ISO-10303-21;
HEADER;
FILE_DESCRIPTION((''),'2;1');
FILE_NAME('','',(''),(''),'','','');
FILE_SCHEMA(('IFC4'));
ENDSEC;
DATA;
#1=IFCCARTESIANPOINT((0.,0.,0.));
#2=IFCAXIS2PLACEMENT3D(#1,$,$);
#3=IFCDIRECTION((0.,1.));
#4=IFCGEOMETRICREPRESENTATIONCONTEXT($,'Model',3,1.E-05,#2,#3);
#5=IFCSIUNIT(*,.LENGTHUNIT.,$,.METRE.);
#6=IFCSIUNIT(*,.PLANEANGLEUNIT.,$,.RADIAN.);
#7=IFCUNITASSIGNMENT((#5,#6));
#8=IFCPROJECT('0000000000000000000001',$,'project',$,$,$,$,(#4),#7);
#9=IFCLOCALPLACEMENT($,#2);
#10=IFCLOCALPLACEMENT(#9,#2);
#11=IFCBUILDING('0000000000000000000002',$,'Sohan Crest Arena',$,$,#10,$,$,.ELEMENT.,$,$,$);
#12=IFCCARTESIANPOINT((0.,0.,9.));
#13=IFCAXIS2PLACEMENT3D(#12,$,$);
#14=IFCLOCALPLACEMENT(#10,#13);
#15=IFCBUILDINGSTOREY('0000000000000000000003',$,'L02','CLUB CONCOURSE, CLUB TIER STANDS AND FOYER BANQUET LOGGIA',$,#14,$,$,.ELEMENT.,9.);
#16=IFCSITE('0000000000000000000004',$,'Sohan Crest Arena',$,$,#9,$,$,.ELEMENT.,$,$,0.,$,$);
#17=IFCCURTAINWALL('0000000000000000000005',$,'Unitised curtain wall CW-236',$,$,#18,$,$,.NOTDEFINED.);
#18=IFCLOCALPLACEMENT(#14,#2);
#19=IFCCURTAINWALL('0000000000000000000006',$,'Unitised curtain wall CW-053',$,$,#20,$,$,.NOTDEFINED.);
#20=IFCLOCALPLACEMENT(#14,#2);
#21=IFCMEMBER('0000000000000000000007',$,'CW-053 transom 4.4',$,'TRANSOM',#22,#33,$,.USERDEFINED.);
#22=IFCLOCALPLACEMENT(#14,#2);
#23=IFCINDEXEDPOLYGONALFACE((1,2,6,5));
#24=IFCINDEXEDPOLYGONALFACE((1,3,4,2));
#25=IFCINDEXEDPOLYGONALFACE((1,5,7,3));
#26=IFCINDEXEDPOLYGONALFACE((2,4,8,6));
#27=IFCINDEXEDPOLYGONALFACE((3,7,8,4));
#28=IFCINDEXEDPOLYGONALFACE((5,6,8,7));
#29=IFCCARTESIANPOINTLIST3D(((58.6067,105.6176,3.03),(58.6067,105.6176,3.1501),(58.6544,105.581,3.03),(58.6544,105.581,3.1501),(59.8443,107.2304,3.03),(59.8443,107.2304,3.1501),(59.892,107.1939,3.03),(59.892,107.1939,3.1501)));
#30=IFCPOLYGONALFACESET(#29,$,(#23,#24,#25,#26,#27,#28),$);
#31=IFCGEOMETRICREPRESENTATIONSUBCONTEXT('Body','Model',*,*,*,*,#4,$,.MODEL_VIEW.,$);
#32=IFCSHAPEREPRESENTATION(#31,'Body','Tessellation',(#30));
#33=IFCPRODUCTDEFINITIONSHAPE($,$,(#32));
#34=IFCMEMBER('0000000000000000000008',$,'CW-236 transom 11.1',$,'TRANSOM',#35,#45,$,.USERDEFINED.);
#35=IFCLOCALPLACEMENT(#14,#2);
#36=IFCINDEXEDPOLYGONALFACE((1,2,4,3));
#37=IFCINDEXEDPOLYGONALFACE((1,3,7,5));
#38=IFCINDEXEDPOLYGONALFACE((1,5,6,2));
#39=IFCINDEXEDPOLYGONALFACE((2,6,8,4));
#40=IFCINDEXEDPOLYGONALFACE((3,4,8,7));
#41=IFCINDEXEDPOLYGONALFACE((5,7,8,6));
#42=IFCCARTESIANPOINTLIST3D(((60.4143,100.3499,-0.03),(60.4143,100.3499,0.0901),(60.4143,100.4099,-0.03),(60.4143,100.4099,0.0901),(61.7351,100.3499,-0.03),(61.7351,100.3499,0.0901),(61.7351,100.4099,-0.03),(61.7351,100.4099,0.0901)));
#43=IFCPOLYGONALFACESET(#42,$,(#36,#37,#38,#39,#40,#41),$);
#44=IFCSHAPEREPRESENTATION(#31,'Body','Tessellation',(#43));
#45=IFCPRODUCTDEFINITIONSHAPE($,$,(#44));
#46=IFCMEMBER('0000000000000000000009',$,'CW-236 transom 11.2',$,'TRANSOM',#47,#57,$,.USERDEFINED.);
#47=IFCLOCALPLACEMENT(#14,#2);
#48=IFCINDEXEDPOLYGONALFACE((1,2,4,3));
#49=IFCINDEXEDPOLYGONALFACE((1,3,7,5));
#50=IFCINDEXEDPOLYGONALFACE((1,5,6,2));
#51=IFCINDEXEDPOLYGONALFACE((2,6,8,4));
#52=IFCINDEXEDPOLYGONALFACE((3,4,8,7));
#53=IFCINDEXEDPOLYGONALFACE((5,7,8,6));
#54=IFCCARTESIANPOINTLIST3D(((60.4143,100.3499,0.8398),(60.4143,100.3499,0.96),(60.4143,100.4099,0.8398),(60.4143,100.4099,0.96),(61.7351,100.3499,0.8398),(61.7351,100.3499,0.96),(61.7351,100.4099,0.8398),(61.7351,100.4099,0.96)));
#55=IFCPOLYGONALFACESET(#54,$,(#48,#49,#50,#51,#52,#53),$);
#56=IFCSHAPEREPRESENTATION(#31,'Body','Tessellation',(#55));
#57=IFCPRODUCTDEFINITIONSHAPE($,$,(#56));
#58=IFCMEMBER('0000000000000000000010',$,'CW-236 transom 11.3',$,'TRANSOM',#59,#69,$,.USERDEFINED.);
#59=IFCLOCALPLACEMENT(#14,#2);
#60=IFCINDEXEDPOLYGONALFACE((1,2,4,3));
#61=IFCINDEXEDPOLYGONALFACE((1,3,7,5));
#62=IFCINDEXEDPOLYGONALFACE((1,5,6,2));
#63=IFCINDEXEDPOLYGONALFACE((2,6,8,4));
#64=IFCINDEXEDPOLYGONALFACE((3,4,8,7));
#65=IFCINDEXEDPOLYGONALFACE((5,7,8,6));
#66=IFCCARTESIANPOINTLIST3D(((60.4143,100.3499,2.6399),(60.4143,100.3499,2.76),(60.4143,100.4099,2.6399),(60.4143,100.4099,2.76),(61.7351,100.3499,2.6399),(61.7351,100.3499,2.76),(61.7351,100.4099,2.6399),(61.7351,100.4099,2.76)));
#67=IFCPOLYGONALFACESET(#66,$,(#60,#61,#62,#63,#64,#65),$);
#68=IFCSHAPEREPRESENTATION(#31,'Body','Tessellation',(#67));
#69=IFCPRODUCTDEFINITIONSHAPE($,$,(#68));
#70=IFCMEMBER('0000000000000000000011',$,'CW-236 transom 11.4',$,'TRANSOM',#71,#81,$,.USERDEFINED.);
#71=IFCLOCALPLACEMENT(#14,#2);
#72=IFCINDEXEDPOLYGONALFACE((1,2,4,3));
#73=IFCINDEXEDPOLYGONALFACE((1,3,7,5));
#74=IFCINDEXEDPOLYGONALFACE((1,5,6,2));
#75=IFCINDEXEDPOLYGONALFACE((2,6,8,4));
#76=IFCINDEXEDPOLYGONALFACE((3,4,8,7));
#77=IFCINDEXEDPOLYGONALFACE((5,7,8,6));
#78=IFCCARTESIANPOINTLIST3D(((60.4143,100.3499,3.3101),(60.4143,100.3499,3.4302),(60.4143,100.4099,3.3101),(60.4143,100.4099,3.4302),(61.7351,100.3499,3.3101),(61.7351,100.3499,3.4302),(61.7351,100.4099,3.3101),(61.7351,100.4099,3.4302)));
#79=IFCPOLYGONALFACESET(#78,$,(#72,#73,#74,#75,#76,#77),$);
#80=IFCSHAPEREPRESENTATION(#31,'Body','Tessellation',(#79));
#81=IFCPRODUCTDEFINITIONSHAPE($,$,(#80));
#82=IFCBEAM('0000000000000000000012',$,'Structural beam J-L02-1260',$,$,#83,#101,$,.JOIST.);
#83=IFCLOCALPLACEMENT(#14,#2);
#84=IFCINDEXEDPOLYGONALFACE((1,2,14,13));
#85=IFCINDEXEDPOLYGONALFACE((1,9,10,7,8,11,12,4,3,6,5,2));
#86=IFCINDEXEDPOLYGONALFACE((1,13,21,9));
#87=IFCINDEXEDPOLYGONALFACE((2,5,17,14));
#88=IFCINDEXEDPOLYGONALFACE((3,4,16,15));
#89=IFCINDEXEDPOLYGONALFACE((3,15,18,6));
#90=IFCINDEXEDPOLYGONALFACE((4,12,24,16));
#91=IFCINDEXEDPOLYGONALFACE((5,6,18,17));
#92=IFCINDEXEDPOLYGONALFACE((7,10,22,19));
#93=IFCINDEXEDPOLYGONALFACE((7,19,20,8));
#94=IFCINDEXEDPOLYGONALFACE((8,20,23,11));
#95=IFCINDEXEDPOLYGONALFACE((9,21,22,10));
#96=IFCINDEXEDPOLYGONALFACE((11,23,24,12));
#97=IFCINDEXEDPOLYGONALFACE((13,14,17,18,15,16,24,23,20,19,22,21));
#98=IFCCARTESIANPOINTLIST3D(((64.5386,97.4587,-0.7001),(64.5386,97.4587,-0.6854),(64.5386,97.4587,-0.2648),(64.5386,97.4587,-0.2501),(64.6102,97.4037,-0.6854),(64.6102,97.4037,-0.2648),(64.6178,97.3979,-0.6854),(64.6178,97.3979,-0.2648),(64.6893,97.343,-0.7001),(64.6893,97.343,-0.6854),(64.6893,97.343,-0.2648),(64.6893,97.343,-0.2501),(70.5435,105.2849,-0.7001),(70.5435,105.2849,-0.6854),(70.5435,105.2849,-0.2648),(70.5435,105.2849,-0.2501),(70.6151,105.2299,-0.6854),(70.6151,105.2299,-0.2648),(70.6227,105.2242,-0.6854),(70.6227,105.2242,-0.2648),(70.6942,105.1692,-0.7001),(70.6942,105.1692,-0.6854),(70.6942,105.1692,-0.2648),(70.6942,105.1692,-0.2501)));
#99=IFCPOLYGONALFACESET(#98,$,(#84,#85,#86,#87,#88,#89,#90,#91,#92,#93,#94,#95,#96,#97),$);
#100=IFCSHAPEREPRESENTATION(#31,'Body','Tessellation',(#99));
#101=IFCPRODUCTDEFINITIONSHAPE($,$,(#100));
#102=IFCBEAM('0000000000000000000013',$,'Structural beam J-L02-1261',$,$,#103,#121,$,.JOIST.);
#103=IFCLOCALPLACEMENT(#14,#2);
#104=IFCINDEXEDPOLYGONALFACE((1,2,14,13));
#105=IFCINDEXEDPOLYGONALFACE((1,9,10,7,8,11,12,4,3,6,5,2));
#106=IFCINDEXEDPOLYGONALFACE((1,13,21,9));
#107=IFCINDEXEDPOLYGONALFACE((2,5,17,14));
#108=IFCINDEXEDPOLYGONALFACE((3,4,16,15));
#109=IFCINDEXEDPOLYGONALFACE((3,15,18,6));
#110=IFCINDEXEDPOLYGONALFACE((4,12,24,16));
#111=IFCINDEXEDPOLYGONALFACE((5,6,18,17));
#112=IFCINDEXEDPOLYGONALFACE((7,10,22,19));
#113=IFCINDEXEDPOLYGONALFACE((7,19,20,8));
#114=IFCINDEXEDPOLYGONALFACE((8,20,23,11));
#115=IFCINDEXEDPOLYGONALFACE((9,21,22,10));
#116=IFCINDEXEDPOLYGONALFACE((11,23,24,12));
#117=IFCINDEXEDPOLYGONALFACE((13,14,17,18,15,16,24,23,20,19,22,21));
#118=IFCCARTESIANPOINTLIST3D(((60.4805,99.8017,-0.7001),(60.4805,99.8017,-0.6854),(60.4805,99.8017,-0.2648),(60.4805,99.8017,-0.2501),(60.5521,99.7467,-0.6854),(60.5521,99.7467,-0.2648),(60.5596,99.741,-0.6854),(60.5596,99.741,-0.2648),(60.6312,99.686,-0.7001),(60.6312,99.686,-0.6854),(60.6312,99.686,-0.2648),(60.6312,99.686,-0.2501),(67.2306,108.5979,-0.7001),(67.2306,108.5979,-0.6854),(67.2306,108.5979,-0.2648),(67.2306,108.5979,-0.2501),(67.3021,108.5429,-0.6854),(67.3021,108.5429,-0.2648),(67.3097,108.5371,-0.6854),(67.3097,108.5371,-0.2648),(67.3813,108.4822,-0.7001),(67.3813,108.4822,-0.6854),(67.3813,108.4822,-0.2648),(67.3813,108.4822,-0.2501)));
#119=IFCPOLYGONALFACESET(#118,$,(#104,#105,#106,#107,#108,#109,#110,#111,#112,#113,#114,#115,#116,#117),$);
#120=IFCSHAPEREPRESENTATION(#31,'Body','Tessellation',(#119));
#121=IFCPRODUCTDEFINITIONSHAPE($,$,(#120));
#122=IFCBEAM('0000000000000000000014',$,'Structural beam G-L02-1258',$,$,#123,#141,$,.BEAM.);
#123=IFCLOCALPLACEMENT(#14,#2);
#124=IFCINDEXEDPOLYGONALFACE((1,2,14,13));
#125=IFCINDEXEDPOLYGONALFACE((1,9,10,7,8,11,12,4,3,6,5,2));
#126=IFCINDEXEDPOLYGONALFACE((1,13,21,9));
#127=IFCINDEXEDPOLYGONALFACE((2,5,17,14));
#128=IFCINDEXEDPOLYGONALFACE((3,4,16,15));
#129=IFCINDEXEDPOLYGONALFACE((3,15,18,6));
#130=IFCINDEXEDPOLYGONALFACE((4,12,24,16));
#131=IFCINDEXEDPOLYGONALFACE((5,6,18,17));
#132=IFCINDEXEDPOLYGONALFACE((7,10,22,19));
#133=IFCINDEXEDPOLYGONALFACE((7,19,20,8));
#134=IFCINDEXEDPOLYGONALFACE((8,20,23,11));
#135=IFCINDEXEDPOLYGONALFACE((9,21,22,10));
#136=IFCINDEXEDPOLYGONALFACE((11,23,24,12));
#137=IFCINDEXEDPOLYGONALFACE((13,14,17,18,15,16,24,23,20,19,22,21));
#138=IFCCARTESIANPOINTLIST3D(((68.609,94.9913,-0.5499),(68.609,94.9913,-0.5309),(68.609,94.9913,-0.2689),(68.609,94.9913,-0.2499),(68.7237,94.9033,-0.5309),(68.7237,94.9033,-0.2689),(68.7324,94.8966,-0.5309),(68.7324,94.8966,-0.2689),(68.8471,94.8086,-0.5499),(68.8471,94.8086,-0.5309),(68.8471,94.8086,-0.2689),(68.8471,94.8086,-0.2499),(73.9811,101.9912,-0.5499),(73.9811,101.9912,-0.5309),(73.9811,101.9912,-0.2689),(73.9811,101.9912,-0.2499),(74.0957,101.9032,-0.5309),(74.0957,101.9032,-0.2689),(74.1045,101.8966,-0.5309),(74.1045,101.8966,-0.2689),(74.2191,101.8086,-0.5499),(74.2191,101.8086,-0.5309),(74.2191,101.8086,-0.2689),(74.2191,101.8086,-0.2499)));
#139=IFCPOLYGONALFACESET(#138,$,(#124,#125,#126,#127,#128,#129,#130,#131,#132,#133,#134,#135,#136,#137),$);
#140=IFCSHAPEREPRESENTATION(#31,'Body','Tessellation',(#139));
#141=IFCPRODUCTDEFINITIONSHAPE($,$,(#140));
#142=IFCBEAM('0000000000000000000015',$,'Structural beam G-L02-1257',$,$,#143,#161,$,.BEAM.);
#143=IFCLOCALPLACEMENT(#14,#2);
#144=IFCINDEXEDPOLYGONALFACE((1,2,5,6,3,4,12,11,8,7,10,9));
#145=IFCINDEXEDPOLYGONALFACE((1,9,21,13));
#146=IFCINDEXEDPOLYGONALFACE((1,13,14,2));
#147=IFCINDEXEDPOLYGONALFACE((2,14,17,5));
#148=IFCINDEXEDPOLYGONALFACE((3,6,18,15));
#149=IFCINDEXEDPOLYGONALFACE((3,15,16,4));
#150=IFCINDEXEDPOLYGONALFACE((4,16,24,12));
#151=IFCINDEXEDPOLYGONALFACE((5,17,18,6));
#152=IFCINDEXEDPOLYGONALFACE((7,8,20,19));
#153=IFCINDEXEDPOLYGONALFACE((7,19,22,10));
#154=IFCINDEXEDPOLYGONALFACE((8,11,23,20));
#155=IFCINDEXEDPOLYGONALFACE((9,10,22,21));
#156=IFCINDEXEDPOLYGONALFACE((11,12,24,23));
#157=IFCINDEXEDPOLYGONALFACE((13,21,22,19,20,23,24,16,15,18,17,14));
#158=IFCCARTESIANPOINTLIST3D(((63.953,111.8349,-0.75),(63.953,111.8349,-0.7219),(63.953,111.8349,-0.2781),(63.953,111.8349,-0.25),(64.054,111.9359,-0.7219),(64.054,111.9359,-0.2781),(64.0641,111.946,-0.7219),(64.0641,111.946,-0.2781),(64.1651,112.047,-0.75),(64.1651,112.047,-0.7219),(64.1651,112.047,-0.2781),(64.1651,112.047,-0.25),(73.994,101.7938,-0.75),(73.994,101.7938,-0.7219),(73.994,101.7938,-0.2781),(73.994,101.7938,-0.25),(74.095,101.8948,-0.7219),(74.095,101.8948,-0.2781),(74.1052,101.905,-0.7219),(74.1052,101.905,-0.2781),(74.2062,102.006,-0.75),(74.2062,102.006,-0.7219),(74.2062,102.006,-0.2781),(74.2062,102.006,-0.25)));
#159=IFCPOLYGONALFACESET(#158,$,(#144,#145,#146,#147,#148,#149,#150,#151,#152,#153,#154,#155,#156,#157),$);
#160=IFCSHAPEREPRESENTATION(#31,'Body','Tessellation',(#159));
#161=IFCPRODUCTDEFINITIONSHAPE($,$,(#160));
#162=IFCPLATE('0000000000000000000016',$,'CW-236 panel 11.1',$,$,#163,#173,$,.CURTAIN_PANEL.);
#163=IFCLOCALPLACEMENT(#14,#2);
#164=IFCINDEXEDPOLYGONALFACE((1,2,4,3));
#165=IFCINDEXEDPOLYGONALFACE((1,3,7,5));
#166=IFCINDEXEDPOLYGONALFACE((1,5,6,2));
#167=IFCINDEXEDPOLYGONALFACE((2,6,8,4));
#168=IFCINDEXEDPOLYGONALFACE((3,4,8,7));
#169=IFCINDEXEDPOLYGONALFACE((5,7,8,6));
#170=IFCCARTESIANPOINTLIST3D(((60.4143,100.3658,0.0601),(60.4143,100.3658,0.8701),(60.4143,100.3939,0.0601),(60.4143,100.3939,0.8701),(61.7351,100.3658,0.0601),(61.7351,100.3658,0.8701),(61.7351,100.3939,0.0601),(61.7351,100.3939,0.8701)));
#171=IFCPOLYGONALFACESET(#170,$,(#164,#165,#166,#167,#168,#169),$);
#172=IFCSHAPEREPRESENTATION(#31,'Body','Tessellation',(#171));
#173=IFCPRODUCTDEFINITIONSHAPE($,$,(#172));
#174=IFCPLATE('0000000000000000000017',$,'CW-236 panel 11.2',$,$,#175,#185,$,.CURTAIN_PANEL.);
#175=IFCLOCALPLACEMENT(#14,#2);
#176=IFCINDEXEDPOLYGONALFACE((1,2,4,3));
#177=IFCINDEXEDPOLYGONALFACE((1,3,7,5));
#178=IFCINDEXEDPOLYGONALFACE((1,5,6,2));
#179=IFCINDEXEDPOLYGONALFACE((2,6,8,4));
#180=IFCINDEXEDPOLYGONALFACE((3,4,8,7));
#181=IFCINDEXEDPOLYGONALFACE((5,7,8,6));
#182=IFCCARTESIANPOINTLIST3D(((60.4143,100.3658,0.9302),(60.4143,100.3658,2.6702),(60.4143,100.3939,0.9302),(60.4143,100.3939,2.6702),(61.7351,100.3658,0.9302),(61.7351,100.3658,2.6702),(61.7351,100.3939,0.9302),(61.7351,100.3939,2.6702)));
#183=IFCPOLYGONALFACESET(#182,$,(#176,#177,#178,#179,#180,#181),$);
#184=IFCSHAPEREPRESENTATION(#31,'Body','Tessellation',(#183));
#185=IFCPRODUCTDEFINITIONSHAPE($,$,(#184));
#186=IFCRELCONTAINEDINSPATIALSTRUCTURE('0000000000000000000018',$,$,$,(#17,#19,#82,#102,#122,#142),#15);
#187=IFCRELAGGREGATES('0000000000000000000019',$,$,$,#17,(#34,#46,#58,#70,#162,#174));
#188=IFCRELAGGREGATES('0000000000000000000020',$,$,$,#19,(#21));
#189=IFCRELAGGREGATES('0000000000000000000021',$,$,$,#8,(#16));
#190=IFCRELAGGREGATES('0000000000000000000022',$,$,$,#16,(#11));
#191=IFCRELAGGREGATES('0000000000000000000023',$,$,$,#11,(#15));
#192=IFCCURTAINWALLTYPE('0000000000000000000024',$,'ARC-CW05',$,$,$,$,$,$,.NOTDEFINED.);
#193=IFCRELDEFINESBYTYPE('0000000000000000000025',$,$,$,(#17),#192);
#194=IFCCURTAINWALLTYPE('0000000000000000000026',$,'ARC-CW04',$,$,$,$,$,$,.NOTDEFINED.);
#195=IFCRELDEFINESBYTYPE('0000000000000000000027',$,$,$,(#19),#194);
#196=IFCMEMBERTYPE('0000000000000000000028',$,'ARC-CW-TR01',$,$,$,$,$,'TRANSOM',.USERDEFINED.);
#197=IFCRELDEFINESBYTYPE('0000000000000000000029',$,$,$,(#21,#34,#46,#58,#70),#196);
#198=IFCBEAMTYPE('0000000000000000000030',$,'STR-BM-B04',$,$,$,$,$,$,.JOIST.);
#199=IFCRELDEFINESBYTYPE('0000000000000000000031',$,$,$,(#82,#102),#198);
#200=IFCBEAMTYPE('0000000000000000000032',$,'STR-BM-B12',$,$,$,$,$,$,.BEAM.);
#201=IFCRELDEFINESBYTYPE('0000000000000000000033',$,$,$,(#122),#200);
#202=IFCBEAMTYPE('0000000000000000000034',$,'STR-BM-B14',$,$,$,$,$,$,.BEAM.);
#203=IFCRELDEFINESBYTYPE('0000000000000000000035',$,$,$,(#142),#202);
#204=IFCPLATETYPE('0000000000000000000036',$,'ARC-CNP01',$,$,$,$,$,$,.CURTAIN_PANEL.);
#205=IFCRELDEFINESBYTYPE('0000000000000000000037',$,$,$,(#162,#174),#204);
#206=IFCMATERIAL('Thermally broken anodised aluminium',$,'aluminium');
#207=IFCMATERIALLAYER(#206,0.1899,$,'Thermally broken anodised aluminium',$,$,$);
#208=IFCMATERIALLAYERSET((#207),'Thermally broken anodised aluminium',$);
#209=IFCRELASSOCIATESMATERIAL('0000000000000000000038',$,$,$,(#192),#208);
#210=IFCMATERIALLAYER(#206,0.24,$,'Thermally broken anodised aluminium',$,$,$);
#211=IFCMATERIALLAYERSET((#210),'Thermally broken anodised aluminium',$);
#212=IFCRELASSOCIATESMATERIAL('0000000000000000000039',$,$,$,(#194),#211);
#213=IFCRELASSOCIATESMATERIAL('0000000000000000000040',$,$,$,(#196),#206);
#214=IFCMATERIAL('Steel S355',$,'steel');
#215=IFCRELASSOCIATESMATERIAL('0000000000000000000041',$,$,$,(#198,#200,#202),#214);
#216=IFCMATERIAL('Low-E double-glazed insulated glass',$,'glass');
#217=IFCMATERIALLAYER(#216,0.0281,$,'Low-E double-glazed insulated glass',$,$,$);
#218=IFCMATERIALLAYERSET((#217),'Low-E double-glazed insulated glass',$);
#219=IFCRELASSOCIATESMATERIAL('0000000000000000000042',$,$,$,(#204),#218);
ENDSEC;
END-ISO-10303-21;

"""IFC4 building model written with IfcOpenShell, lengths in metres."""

from ifc_helpers import new_model, si_unit, direction, frame, origin, origin_2d, place, context, subcontext, project, spatial, rectangle, i_section, extrude, material, layer, layer_set, material_profile, profile_set, type_object, element, aggregate, save


model = new_model("IFC4")

# Units and contexts
model_context = context("Model", 3, precision=1e-05, world=origin(), true_north=direction((0.0, 1.0)))
body_context = subcontext(model_context, "Body", "Model", "MODEL_VIEW")
ifc_project = project(units=[si_unit("LENGTHUNIT", "METRE"), si_unit("PLANEANGLEUNIT", "RADIAN")], contexts=[model_context])

# Site, building, storey
site_placement = place(None, origin())
site = spatial("IfcSite", under=ifc_project, at=site_placement, Name="Sohan Crest Arena", CompositionType="ELEMENT", RefElevation=0.0)
building_placement = place(site_placement, origin())
building = spatial("IfcBuilding", under=site, at=building_placement, Name="Sohan Crest Arena", CompositionType="ELEMENT")
storey_placement = place(building_placement, frame((0.0, 0.0, 9.0)))
storey = spatial("IfcBuildingStorey", under=building, at=storey_placement, Name="L02", Description="CLUB CONCOURSE, CLUB TIER STANDS AND FOYER BANQUET LOGGIA", CompositionType="ELEMENT", Elevation=9.0)

# Shared definitions
ifc_material_1 = material(Name="Steel S355", Category="steel")

# Curtain wall
ifc_material_2 = material(Name="Thermally broken anodised aluminium", Category="aluminium")
ifc_layer_1 = layer(ifc_material_2, 0.1899, Name="Thermally broken anodised aluminium")
ifc_layer_set_1 = layer_set([ifc_layer_1], Name="Thermally broken anodised aluminium")
curtain_wall_type_1 = type_object("IfcCurtainWallType", Name="ARC-CW05", PredefinedType="NOTDEFINED", material=ifc_layer_set_1)
curtain_wall_1_placement = place(storey_placement, origin())
curtain_wall_1 = element("IfcCurtainWall", 1, at=curtain_wall_1_placement, inside=storey, type_object=curtain_wall_type_1, Name="Unitised curtain wall CW-236", PredefinedType="NOTDEFINED")

# Curtain wall, member
ifc_layer_2 = layer(ifc_material_2, 0.24, Name="Thermally broken anodised aluminium")
ifc_layer_set_2 = layer_set([ifc_layer_2], Name="Thermally broken anodised aluminium")
curtain_wall_type_2 = type_object("IfcCurtainWallType", Name="ARC-CW04", PredefinedType="NOTDEFINED", material=ifc_layer_set_2)
curtain_wall_2_placement = place(storey_placement, origin())
curtain_wall_2 = element("IfcCurtainWall", 2, at=curtain_wall_2_placement, inside=storey, type_object=curtain_wall_type_2, Name="Unitised curtain wall CW-053", PredefinedType="NOTDEFINED")
ifc_material_profile_1 = material_profile(ifc_material_2, rectangle(XDim=0.0601, YDim=0.1201, at=origin_2d()), Name="ALU-TRAN 60x120")
ifc_profile_set_1 = profile_set([ifc_material_profile_1], Name="Thermally broken anodised aluminium")
member_type_1 = type_object("IfcMemberType", Name="ARC-CW-TR01", ElementType="TRANSOM", PredefinedType="USERDEFINED", material=ifc_profile_set_1)
member_1_placement = place(storey_placement, frame((59.8682, 107.2122, 3.0901), z_axis=(-0.608764, -0.793351, 0.0), x_axis=(0.793351, -0.608764, 0.0)))
member_1 = element("IfcMember", 3, at=member_1_placement, type_object=member_type_1, Name="CW-053 transom 4.4", ObjectType="TRANSOM", PredefinedType="USERDEFINED", context=body_context, shape_type="SweptSolid", body=[
    extrude(rectangle(XDim=0.0601, YDim=0.1201, at=origin_2d()), origin(), (0.0, 0.0, 1.0), 2.033),
])

# Members
member_2_placement = place(storey_placement, frame((60.4143, 100.3799, 0.03), z_axis=(1.0, 0.0, 0.0), x_axis=(0.0, 1.0, 0.0)))
member_2 = element("IfcMember", 4, at=member_2_placement, type_object=member_type_1, Name="CW-236 transom 11.1", ObjectType="TRANSOM", PredefinedType="USERDEFINED", context=body_context, shape_type="SweptSolid", body=[
    extrude(rectangle(XDim=0.0601, YDim=0.1201, at=origin_2d()), origin(), (0.0, 0.0, 1.0), 1.3208),
])
member_3_placement = place(storey_placement, frame((60.4143, 100.3799, 0.8999), z_axis=(1.0, 0.0, 0.0), x_axis=(0.0, 1.0, 0.0)))
member_3 = element("IfcMember", 5, at=member_3_placement, type_object=member_type_1, Name="CW-236 transom 11.2", ObjectType="TRANSOM", PredefinedType="USERDEFINED", context=body_context, shape_type="SweptSolid", body=[
    extrude(rectangle(XDim=0.0601, YDim=0.1201, at=origin_2d()), origin(), (0.0, 0.0, 1.0), 1.3208),
])
member_4_placement = place(storey_placement, frame((60.4143, 100.3799, 2.7), z_axis=(1.0, 0.0, 0.0), x_axis=(0.0, 1.0, 0.0)))
member_4 = element("IfcMember", 6, at=member_4_placement, type_object=member_type_1, Name="CW-236 transom 11.3", ObjectType="TRANSOM", PredefinedType="USERDEFINED", context=body_context, shape_type="SweptSolid", body=[
    extrude(rectangle(XDim=0.0601, YDim=0.1201, at=origin_2d()), origin(), (0.0, 0.0, 1.0), 1.3208),
])
member_5_placement = place(storey_placement, frame((60.4143, 100.3799, 3.3701), z_axis=(1.0, 0.0, 0.0), x_axis=(0.0, 1.0, 0.0)))
member_5 = element("IfcMember", 7, at=member_5_placement, type_object=member_type_1, Name="CW-236 transom 11.4", ObjectType="TRANSOM", PredefinedType="USERDEFINED", context=body_context, shape_type="SweptSolid", body=[
    extrude(rectangle(XDim=0.0601, YDim=0.1201, at=origin_2d()), origin(), (0.0, 0.0, 1.0), 1.3208),
])

# Beams
ifc_material_profile_2 = material_profile(ifc_material_1, i_section(OverallWidth=0.1899, OverallDepth=0.45, WebThickness=0.0095, FlangeThickness=0.0146, at=origin_2d()), Name="IPE 450")
ifc_profile_set_2 = profile_set([ifc_material_profile_2], Name="Steel S355")
beam_type_1 = type_object("IfcBeamType", Name="STR-BM-B04", PredefinedType="JOIST", material=ifc_profile_set_2)
beam_1_placement = place(storey_placement, frame((70.6189, 105.2271, -0.4751), z_axis=(-0.608739, -0.79337, 0.0), x_axis=(0.79337, -0.608739, 0.0)))
element("IfcBeam", 8, at=beam_1_placement, inside=storey, type_object=beam_type_1, Name="Structural beam J-L02-1260", PredefinedType="JOIST", context=body_context, shape_type="SweptSolid", body=[
    extrude(i_section(OverallWidth=0.1899, OverallDepth=0.45, WebThickness=0.0095, FlangeThickness=0.0146, at=origin_2d()), origin(), (0.0, 0.0, 1.0), 9.8645),
])
beam_2_placement = place(storey_placement, frame((67.3059, 108.54, -0.4751), z_axis=(-0.608789, -0.793332, 0.0), x_axis=(0.793332, -0.608789, 0.0)))
element("IfcBeam", 9, at=beam_2_placement, inside=storey, type_object=beam_type_1, Name="Structural beam J-L02-1261", PredefinedType="JOIST", context=body_context, shape_type="SweptSolid", body=[
    extrude(i_section(OverallWidth=0.1899, OverallDepth=0.45, WebThickness=0.0095, FlangeThickness=0.0146, at=origin_2d()), origin(), (0.0, 0.0, 1.0), 11.0876),
])
ifc_material_profile_3 = material_profile(ifc_material_1, i_section(OverallWidth=0.3, OverallDepth=0.3, WebThickness=0.011, FlangeThickness=0.019, at=origin_2d()), Name="HEB 300")
ifc_profile_set_3 = profile_set([ifc_material_profile_3], Name="Steel S355")
beam_type_2 = type_object("IfcBeamType", Name="STR-BM-B12", PredefinedType="BEAM", material=ifc_profile_set_3)
beam_3_placement = place(storey_placement, frame((74.1001, 101.8999, -0.3999), z_axis=(-0.608817, -0.793311, 0.0), x_axis=(0.793311, -0.608817, 0.0)))
element("IfcBeam", 10, at=beam_3_placement, inside=storey, type_object=beam_type_2, Name="Structural beam G-L02-1258", PredefinedType="BEAM", context=body_context, shape_type="SweptSolid", body=[
    extrude(i_section(OverallWidth=0.3, OverallDepth=0.3, WebThickness=0.011, FlangeThickness=0.019, at=origin_2d()), origin(), (0.0, 0.0, 1.0), 8.8237),
])
ifc_material_profile_4 = material_profile(ifc_material_1, i_section(OverallWidth=0.3, OverallDepth=0.5, WebThickness=0.0144, FlangeThickness=0.0281, at=origin_2d()), Name="HEB 500")
ifc_profile_set_4 = profile_set([ifc_material_profile_4], Name="Steel S355")
beam_type_3 = type_object("IfcBeamType", Name="STR-BM-B14", PredefinedType="BEAM", material=ifc_profile_set_4)
beam_4_placement = place(storey_placement, frame((74.1001, 101.8999, -0.5), z_axis=(-0.707107, 0.707107, 0.0), x_axis=(-0.707107, -0.707107, 0.0)))
element("IfcBeam", 11, at=beam_4_placement, inside=storey, type_object=beam_type_3, Name="Structural beam G-L02-1257", PredefinedType="BEAM", context=body_context, shape_type="SweptSolid", body=[
    extrude(i_section(OverallWidth=0.3, OverallDepth=0.5, WebThickness=0.0144, FlangeThickness=0.0281, at=origin_2d()), origin(), (0.0, 0.0, 1.0), 14.2002),
])

# Plates
ifc_material_3 = material(Name="Low-E double-glazed insulated glass", Category="glass")
ifc_layer_3 = layer(ifc_material_3, 0.0281, Name="Low-E double-glazed insulated glass")
ifc_layer_set_3 = layer_set([ifc_layer_3], Name="Low-E double-glazed insulated glass")
plate_type_1 = type_object("IfcPlateType", Name="ARC-CNP01", PredefinedType="CURTAIN_PANEL", material=ifc_layer_set_3)
plate_1_placement = place(storey_placement, frame((61.0747, 100.3799, 0.0601), z_axis=(0.0, 0.0, 1.0), x_axis=(1.0, 0.0, 0.0)))
plate_1 = element("IfcPlate", 12, at=plate_1_placement, type_object=plate_type_1, Name="CW-236 panel 11.1", PredefinedType="CURTAIN_PANEL", context=body_context, shape_type="SweptSolid", body=[
    extrude(rectangle(XDim=1.3208, YDim=0.0281, at=origin_2d()), origin(), (0.0, 0.0, 1.0), 0.8101),
])
plate_2_placement = place(storey_placement, frame((61.0747, 100.3799, 0.9302), z_axis=(0.0, 0.0, 1.0), x_axis=(1.0, 0.0, 0.0)))
plate_2 = element("IfcPlate", 13, at=plate_2_placement, type_object=plate_type_1, Name="CW-236 panel 11.2", PredefinedType="CURTAIN_PANEL", context=body_context, shape_type="SweptSolid", body=[
    extrude(rectangle(XDim=1.3208, YDim=0.0281, at=origin_2d()), origin(), (0.0, 0.0, 1.0), 1.74),
])
aggregate(curtain_wall_1, [member_2, member_3, member_4, member_5, plate_1, plate_2])
aggregate(curtain_wall_2, [member_1])

save(model, "model.ifc")
